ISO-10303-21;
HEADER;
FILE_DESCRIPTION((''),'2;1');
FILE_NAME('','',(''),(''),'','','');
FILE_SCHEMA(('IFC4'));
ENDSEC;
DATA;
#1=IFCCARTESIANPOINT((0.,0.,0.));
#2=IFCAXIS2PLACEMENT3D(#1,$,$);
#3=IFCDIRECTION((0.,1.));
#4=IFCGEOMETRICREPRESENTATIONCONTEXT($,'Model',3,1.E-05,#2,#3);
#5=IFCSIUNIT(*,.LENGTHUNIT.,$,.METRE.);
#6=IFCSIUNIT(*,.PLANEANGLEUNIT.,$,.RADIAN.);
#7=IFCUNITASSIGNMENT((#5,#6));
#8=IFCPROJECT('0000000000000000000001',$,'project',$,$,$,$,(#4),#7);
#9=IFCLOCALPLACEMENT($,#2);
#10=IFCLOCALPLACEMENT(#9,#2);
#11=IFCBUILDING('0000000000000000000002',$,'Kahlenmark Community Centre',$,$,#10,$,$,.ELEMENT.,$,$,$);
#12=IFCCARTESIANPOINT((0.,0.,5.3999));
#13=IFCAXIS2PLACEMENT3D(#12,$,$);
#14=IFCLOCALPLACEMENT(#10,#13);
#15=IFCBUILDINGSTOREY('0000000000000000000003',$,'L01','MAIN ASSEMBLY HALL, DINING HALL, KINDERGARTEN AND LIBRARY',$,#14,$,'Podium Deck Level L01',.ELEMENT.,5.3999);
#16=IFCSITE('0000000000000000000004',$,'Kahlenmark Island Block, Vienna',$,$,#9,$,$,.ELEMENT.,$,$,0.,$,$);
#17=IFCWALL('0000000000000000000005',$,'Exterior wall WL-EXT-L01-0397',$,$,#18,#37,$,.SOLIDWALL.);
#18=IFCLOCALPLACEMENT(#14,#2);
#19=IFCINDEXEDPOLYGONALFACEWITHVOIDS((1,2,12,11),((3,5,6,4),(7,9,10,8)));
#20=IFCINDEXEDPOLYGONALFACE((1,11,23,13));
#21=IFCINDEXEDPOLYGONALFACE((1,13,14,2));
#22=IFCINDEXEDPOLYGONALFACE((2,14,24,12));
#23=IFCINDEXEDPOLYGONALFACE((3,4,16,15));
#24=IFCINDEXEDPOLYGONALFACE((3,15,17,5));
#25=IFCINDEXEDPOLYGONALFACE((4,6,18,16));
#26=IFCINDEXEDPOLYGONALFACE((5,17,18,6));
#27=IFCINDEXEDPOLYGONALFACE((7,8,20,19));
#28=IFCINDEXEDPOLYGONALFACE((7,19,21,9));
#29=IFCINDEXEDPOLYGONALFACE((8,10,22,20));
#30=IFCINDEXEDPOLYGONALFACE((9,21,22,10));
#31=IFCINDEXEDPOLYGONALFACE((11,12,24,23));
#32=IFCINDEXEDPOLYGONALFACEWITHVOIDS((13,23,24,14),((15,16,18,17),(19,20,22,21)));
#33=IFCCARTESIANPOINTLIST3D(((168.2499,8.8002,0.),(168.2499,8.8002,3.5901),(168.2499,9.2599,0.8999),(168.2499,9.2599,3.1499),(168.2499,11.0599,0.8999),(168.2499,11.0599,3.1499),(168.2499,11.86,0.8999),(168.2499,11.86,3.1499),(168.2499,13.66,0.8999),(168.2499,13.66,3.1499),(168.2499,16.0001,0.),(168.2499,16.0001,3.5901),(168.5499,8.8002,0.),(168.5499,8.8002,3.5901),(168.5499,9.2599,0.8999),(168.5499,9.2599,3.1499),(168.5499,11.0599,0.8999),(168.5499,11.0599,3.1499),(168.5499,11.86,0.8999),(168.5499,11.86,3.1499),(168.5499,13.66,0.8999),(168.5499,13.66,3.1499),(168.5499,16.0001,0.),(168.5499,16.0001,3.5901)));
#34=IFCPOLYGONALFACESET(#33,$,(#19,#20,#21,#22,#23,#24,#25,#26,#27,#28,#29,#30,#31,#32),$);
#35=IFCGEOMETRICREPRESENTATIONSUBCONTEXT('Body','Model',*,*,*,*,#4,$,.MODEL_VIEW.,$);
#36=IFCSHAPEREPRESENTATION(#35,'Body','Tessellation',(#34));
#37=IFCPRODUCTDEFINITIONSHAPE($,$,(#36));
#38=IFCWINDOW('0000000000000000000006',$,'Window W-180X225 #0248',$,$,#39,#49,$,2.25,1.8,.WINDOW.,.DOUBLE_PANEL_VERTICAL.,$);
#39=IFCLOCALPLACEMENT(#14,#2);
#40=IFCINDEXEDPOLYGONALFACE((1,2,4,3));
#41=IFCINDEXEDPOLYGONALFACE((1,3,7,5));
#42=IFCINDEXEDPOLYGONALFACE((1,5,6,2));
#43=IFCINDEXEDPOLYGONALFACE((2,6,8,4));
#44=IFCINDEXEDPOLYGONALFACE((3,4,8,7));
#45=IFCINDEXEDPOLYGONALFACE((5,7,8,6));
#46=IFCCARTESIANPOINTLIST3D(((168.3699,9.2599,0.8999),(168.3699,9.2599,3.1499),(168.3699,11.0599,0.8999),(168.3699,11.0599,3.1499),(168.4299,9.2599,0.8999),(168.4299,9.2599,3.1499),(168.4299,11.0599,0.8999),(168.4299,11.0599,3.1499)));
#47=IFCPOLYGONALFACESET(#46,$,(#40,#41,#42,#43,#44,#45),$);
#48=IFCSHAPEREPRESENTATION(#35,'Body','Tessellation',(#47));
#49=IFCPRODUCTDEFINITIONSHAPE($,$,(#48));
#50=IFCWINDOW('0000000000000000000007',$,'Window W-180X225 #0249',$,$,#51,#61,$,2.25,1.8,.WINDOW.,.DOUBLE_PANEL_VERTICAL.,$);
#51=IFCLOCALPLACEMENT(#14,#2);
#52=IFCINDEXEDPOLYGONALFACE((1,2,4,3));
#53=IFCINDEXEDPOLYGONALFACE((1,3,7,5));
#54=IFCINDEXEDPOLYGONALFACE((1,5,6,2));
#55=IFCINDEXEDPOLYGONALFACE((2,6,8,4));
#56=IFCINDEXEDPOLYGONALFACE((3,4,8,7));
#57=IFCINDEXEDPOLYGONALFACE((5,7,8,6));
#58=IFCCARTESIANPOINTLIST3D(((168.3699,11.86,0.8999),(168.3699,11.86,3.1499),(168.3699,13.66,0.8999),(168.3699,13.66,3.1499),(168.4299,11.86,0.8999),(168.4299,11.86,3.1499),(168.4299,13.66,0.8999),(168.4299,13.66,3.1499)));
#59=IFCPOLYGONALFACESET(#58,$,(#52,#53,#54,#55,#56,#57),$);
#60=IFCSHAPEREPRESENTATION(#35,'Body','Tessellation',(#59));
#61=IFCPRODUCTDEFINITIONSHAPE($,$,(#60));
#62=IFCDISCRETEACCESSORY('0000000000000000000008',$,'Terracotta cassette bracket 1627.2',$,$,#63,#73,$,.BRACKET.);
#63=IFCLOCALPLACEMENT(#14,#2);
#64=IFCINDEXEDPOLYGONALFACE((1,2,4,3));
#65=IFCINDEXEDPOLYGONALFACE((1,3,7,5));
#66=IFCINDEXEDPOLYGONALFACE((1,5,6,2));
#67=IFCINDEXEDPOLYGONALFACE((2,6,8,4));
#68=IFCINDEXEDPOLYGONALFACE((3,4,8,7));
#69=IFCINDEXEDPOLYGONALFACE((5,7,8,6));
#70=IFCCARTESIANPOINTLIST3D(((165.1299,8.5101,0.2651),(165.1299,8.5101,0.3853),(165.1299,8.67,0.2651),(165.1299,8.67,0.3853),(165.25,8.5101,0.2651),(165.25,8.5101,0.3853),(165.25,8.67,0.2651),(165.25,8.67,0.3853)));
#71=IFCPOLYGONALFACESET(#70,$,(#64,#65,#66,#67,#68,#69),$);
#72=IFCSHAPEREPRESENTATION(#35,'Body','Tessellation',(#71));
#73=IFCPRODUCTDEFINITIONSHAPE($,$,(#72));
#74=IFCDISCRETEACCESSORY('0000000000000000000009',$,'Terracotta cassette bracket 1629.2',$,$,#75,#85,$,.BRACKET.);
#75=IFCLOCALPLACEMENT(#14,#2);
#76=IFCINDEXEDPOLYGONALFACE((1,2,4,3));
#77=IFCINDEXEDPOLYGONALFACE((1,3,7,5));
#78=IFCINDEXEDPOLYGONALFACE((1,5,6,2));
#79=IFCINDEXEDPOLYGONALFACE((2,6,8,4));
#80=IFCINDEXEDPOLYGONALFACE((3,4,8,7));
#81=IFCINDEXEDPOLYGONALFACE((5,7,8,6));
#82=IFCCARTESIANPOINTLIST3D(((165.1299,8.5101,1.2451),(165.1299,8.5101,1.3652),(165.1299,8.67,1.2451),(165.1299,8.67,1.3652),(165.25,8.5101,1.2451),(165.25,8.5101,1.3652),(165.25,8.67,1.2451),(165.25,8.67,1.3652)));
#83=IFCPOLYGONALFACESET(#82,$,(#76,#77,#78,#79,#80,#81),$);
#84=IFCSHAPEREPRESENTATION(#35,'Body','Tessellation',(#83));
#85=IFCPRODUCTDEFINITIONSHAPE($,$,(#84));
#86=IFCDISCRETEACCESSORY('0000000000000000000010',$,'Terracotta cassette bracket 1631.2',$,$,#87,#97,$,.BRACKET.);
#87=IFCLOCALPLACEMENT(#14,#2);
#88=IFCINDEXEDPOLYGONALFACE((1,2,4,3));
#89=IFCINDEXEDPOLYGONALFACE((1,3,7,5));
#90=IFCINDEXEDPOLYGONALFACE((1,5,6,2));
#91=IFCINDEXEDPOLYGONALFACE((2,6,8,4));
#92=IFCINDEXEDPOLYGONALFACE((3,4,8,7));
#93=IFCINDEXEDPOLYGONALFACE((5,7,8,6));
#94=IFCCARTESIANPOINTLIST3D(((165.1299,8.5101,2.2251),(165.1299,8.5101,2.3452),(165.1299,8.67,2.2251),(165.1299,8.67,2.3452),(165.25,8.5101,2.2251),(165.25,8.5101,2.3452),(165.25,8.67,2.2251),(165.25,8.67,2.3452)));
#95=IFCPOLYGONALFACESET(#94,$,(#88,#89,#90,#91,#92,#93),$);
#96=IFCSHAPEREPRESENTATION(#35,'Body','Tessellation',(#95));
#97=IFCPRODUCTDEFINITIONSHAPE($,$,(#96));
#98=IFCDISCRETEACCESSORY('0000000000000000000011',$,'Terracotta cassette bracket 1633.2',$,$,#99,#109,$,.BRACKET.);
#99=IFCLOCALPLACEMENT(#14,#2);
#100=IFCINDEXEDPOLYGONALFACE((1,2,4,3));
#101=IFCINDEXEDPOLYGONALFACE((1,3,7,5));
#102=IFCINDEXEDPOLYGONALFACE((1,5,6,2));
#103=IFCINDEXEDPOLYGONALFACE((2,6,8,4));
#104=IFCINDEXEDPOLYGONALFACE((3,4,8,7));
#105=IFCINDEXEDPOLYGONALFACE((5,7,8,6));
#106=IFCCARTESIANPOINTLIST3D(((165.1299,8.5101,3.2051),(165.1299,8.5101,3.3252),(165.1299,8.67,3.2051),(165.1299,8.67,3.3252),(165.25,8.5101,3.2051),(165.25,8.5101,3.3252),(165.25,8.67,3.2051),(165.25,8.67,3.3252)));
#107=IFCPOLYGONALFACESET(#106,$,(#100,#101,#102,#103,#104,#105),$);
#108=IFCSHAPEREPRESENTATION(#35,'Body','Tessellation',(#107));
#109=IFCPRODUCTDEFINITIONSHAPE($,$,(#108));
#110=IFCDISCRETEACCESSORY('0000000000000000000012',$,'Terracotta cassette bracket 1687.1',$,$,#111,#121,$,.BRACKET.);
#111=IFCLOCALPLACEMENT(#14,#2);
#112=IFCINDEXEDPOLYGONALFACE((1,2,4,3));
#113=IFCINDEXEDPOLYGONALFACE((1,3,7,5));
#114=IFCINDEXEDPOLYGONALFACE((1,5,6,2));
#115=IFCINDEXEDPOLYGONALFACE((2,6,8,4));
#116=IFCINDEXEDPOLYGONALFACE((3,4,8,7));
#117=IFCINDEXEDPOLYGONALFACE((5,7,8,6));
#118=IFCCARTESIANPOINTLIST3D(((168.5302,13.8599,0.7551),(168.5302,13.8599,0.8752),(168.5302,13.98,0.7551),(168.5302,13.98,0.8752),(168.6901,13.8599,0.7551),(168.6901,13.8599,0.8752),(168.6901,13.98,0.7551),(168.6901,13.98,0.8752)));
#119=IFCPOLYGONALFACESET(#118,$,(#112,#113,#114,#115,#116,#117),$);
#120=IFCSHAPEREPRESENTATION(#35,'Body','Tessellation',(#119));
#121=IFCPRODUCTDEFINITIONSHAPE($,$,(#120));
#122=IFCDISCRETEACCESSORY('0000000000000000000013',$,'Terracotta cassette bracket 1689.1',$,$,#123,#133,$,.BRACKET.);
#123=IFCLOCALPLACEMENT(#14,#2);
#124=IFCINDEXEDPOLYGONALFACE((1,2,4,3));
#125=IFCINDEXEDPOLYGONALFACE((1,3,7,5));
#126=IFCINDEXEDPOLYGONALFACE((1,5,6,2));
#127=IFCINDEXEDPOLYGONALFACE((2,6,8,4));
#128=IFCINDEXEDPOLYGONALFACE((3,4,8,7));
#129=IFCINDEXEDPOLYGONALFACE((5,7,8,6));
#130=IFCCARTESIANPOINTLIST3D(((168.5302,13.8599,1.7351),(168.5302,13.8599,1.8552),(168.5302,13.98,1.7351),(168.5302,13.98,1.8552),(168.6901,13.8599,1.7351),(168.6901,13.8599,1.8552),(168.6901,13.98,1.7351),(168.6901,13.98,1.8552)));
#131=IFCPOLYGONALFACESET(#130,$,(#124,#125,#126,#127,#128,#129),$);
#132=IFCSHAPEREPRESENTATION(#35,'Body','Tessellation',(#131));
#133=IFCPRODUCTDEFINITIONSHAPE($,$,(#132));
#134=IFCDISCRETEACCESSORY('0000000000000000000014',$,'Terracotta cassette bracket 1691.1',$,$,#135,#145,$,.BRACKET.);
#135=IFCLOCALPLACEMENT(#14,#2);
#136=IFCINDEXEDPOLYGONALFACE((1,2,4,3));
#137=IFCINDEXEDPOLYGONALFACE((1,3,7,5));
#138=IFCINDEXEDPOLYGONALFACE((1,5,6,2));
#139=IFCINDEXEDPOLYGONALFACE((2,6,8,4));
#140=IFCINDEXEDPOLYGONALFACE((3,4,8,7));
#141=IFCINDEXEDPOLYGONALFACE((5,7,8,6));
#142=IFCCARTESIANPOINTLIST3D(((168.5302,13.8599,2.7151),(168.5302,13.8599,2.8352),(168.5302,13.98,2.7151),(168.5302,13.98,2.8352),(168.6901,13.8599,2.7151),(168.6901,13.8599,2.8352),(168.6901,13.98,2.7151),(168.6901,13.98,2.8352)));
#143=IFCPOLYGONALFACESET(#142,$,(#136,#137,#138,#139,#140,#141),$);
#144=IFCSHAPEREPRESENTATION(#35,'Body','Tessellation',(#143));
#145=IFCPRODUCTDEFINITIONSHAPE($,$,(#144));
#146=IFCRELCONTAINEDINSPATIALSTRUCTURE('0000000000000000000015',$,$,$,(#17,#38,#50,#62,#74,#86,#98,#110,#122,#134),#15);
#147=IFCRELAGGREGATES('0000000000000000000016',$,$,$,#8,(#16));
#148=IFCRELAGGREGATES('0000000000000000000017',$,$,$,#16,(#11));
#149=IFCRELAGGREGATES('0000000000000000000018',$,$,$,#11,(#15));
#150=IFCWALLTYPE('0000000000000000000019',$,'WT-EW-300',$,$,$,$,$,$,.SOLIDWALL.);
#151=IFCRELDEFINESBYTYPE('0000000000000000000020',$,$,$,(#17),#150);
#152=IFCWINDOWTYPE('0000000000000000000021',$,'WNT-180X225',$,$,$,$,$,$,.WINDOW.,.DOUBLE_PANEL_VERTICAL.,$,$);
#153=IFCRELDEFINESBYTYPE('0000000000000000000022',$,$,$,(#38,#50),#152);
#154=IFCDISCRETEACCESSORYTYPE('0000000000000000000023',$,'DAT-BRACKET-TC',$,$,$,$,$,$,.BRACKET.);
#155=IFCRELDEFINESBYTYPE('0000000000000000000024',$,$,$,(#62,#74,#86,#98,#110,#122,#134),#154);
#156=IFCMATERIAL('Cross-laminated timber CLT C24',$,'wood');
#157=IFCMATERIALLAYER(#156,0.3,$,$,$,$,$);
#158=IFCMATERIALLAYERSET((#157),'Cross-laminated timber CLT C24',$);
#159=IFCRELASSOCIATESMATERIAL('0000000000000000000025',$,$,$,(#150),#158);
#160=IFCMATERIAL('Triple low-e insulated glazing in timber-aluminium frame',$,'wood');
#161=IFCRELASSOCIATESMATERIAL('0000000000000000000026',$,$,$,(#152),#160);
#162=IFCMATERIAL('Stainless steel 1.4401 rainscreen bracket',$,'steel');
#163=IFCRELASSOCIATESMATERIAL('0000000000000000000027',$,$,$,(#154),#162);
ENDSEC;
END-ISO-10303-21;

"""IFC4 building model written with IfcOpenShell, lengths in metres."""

from ifc_helpers import new_model, si_unit, direction, frame, frame_2d, origin, origin_2d, place, context, subcontext, project, spatial, rectangle, extrude, material, layer, layer_set, type_object, element, fill, save


model = new_model("IFC4")

# Units and contexts
model_context = context("Model", 3, precision=1e-05, world=origin(), true_north=direction((0.0, 1.0)))
body_context = subcontext(model_context, "Body", "Model", "MODEL_VIEW")
ifc_project = project(units=[si_unit("LENGTHUNIT", "METRE"), si_unit("PLANEANGLEUNIT", "RADIAN")], contexts=[model_context])

# Site, building, storey
site_placement = place(None, origin())
site = spatial("IfcSite", under=ifc_project, at=site_placement, Name="Kahlenmark Island Block, Vienna", CompositionType="ELEMENT", RefElevation=0.0)
building_placement = place(site_placement, origin())
building = spatial("IfcBuilding", under=site, at=building_placement, Name="Kahlenmark Community Centre", CompositionType="ELEMENT")
storey_placement = place(building_placement, frame((0.0, 0.0, 5.3999)))
storey = spatial("IfcBuildingStorey", under=building, at=storey_placement, Name="L01", Description="MAIN ASSEMBLY HALL, DINING HALL, KINDERGARTEN AND LIBRARY", LongName="Podium Deck Level L01", CompositionType="ELEMENT", Elevation=5.3999)

# Wall, openings, windows
ifc_material_1 = material(Name="Cross-laminated timber CLT C24", Category="wood")
ifc_layer_1 = layer(ifc_material_1, 0.3)
ifc_layer_set_1 = layer_set([ifc_layer_1], Name="Cross-laminated timber CLT C24")
wall_type = type_object("IfcWallType", Name="WT-EW-300", PredefinedType="SOLIDWALL", material=ifc_layer_set_1)
wall_placement = place(storey_placement, frame((168.3999, 8.8, 0.0), z_axis=(0.0, 0.0, 1.0), x_axis=(0.0, 1.0, 0.0)))
wall = element("IfcWall", 1, at=wall_placement, inside=storey, type_object=wall_type, Name="Exterior wall WL-EXT-L01-0397", PredefinedType="SOLIDWALL", context=body_context, shape_type="SweptSolid", body=[
    extrude(rectangle(XDim=7.2, YDim=0.3, at=frame_2d((3.6001, 0.0))), origin(), (0.0, 0.0, 1.0), 3.5901),
])
opening_1_placement = place(wall_placement, frame((0.46, 0.0, 0.8999)))
opening_1 = element("IfcOpeningElement", 2, at=opening_1_placement, cuts=wall, PredefinedType="OPENING", context=body_context, shape_type="SweptSolid", body=[
    extrude(rectangle(XDim=1.8, YDim=2.25, at=frame_2d((0.8999, 1.125))), frame((0.0, 0.1599, 0.0), z_axis=(0.0, -1.0, 0.0), x_axis=(1.0, 0.0, 0.0)), (0.0, 0.0, 1.0), 0.3201),
])
opening_2_placement = place(wall_placement, frame((3.0601, 0.0, 0.8999)))
opening_2 = element("IfcOpeningElement", 3, at=opening_2_placement, cuts=wall, PredefinedType="OPENING", context=body_context, shape_type="SweptSolid", body=[
    extrude(rectangle(XDim=1.8, YDim=2.25, at=frame_2d((0.8999, 1.125))), frame((0.0, 0.1599, 0.0), z_axis=(0.0, -1.0, 0.0), x_axis=(1.0, 0.0, 0.0)), (0.0, 0.0, 1.0), 0.3201),
])
ifc_material_2 = material(Name="Triple low-e insulated glazing in timber-aluminium frame", Category="wood")
window_type = type_object("IfcWindowType", Name="WNT-180X225", PartitioningType="DOUBLE_PANEL_VERTICAL", PredefinedType="WINDOW", material=ifc_material_2)
window_1_placement = place(opening_1_placement, origin())
window_1 = element("IfcWindow", 4, at=window_1_placement, inside=storey, type_object=window_type, Name="Window W-180X225 #0248", OverallHeight=2.25, OverallWidth=1.8, PartitioningType="DOUBLE_PANEL_VERTICAL", PredefinedType="WINDOW", context=body_context, shape_type="SweptSolid", body=[
    extrude(rectangle(XDim=1.8, YDim=2.25, at=frame_2d((0.8999, 1.125))), frame((0.0, 0.03, 0.0), z_axis=(0.0, -1.0, 0.0), x_axis=(1.0, 0.0, 0.0)), (0.0, 0.0, 1.0), 0.0601),
])
fill(opening_1, window_1)
window_2_placement = place(opening_2_placement, origin())
window_2 = element("IfcWindow", 5, at=window_2_placement, inside=storey, type_object=window_type, Name="Window W-180X225 #0249", OverallHeight=2.25, OverallWidth=1.8, PartitioningType="DOUBLE_PANEL_VERTICAL", PredefinedType="WINDOW", context=body_context, shape_type="SweptSolid", body=[
    extrude(rectangle(XDim=1.8, YDim=2.25, at=frame_2d((0.8999, 1.125))), frame((0.0, 0.03, 0.0), z_axis=(0.0, -1.0, 0.0), x_axis=(1.0, 0.0, 0.0)), (0.0, 0.0, 1.0), 0.0601),
])
fill(opening_2, window_2)

# Discrete accessories
ifc_material_3 = material(Name="Stainless steel 1.4401 rainscreen bracket", Category="steel")
discrete_accessory_type = type_object("IfcDiscreteAccessoryType", Name="DAT-BRACKET-TC", PredefinedType="BRACKET", material=ifc_material_3)
for number, where, z_axis, x_axis, name in (
    (6, (165.1899, 8.5901, 0.2651), (0.0, 0.0, 1.0), (1.0, 0.0, 0.0), "Terracotta cassette bracket 1627.2"),
    (7, (165.1899, 8.5901, 1.2451), (0.0, 0.0, 1.0), (1.0, 0.0, 0.0), "Terracotta cassette bracket 1629.2"),
    (8, (165.1899, 8.5901, 2.2251), (0.0, 0.0, 1.0), (1.0, 0.0, 0.0), "Terracotta cassette bracket 1631.2"),
    (9, (165.1899, 8.5901, 3.2051), (0.0, 0.0, 1.0), (1.0, 0.0, 0.0), "Terracotta cassette bracket 1633.2"),
    (10, (168.6101, 13.9199, 0.7551), (0.0, 0.0, 1.0), (0.0, 1.0, 0.0), "Terracotta cassette bracket 1687.1"),
    (11, (168.6101, 13.9199, 1.7351), (0.0, 0.0, 1.0), (0.0, 1.0, 0.0), "Terracotta cassette bracket 1689.1"),
    (12, (168.6101, 13.9199, 2.7151), (0.0, 0.0, 1.0), (0.0, 1.0, 0.0), "Terracotta cassette bracket 1691.1"),
):
    element("IfcDiscreteAccessory", number, at=place(storey_placement, frame(where, z_axis=z_axis, x_axis=x_axis)), inside=storey, type_object=discrete_accessory_type, Name=name, PredefinedType="BRACKET", context=body_context, shape_type="SweptSolid", body=[
        extrude(rectangle(XDim=0.1201, YDim=0.1599, at=origin_2d()), origin(), (0.0, 0.0, 1.0), 0.1201),
    ])

save(model, "model.ifc")
